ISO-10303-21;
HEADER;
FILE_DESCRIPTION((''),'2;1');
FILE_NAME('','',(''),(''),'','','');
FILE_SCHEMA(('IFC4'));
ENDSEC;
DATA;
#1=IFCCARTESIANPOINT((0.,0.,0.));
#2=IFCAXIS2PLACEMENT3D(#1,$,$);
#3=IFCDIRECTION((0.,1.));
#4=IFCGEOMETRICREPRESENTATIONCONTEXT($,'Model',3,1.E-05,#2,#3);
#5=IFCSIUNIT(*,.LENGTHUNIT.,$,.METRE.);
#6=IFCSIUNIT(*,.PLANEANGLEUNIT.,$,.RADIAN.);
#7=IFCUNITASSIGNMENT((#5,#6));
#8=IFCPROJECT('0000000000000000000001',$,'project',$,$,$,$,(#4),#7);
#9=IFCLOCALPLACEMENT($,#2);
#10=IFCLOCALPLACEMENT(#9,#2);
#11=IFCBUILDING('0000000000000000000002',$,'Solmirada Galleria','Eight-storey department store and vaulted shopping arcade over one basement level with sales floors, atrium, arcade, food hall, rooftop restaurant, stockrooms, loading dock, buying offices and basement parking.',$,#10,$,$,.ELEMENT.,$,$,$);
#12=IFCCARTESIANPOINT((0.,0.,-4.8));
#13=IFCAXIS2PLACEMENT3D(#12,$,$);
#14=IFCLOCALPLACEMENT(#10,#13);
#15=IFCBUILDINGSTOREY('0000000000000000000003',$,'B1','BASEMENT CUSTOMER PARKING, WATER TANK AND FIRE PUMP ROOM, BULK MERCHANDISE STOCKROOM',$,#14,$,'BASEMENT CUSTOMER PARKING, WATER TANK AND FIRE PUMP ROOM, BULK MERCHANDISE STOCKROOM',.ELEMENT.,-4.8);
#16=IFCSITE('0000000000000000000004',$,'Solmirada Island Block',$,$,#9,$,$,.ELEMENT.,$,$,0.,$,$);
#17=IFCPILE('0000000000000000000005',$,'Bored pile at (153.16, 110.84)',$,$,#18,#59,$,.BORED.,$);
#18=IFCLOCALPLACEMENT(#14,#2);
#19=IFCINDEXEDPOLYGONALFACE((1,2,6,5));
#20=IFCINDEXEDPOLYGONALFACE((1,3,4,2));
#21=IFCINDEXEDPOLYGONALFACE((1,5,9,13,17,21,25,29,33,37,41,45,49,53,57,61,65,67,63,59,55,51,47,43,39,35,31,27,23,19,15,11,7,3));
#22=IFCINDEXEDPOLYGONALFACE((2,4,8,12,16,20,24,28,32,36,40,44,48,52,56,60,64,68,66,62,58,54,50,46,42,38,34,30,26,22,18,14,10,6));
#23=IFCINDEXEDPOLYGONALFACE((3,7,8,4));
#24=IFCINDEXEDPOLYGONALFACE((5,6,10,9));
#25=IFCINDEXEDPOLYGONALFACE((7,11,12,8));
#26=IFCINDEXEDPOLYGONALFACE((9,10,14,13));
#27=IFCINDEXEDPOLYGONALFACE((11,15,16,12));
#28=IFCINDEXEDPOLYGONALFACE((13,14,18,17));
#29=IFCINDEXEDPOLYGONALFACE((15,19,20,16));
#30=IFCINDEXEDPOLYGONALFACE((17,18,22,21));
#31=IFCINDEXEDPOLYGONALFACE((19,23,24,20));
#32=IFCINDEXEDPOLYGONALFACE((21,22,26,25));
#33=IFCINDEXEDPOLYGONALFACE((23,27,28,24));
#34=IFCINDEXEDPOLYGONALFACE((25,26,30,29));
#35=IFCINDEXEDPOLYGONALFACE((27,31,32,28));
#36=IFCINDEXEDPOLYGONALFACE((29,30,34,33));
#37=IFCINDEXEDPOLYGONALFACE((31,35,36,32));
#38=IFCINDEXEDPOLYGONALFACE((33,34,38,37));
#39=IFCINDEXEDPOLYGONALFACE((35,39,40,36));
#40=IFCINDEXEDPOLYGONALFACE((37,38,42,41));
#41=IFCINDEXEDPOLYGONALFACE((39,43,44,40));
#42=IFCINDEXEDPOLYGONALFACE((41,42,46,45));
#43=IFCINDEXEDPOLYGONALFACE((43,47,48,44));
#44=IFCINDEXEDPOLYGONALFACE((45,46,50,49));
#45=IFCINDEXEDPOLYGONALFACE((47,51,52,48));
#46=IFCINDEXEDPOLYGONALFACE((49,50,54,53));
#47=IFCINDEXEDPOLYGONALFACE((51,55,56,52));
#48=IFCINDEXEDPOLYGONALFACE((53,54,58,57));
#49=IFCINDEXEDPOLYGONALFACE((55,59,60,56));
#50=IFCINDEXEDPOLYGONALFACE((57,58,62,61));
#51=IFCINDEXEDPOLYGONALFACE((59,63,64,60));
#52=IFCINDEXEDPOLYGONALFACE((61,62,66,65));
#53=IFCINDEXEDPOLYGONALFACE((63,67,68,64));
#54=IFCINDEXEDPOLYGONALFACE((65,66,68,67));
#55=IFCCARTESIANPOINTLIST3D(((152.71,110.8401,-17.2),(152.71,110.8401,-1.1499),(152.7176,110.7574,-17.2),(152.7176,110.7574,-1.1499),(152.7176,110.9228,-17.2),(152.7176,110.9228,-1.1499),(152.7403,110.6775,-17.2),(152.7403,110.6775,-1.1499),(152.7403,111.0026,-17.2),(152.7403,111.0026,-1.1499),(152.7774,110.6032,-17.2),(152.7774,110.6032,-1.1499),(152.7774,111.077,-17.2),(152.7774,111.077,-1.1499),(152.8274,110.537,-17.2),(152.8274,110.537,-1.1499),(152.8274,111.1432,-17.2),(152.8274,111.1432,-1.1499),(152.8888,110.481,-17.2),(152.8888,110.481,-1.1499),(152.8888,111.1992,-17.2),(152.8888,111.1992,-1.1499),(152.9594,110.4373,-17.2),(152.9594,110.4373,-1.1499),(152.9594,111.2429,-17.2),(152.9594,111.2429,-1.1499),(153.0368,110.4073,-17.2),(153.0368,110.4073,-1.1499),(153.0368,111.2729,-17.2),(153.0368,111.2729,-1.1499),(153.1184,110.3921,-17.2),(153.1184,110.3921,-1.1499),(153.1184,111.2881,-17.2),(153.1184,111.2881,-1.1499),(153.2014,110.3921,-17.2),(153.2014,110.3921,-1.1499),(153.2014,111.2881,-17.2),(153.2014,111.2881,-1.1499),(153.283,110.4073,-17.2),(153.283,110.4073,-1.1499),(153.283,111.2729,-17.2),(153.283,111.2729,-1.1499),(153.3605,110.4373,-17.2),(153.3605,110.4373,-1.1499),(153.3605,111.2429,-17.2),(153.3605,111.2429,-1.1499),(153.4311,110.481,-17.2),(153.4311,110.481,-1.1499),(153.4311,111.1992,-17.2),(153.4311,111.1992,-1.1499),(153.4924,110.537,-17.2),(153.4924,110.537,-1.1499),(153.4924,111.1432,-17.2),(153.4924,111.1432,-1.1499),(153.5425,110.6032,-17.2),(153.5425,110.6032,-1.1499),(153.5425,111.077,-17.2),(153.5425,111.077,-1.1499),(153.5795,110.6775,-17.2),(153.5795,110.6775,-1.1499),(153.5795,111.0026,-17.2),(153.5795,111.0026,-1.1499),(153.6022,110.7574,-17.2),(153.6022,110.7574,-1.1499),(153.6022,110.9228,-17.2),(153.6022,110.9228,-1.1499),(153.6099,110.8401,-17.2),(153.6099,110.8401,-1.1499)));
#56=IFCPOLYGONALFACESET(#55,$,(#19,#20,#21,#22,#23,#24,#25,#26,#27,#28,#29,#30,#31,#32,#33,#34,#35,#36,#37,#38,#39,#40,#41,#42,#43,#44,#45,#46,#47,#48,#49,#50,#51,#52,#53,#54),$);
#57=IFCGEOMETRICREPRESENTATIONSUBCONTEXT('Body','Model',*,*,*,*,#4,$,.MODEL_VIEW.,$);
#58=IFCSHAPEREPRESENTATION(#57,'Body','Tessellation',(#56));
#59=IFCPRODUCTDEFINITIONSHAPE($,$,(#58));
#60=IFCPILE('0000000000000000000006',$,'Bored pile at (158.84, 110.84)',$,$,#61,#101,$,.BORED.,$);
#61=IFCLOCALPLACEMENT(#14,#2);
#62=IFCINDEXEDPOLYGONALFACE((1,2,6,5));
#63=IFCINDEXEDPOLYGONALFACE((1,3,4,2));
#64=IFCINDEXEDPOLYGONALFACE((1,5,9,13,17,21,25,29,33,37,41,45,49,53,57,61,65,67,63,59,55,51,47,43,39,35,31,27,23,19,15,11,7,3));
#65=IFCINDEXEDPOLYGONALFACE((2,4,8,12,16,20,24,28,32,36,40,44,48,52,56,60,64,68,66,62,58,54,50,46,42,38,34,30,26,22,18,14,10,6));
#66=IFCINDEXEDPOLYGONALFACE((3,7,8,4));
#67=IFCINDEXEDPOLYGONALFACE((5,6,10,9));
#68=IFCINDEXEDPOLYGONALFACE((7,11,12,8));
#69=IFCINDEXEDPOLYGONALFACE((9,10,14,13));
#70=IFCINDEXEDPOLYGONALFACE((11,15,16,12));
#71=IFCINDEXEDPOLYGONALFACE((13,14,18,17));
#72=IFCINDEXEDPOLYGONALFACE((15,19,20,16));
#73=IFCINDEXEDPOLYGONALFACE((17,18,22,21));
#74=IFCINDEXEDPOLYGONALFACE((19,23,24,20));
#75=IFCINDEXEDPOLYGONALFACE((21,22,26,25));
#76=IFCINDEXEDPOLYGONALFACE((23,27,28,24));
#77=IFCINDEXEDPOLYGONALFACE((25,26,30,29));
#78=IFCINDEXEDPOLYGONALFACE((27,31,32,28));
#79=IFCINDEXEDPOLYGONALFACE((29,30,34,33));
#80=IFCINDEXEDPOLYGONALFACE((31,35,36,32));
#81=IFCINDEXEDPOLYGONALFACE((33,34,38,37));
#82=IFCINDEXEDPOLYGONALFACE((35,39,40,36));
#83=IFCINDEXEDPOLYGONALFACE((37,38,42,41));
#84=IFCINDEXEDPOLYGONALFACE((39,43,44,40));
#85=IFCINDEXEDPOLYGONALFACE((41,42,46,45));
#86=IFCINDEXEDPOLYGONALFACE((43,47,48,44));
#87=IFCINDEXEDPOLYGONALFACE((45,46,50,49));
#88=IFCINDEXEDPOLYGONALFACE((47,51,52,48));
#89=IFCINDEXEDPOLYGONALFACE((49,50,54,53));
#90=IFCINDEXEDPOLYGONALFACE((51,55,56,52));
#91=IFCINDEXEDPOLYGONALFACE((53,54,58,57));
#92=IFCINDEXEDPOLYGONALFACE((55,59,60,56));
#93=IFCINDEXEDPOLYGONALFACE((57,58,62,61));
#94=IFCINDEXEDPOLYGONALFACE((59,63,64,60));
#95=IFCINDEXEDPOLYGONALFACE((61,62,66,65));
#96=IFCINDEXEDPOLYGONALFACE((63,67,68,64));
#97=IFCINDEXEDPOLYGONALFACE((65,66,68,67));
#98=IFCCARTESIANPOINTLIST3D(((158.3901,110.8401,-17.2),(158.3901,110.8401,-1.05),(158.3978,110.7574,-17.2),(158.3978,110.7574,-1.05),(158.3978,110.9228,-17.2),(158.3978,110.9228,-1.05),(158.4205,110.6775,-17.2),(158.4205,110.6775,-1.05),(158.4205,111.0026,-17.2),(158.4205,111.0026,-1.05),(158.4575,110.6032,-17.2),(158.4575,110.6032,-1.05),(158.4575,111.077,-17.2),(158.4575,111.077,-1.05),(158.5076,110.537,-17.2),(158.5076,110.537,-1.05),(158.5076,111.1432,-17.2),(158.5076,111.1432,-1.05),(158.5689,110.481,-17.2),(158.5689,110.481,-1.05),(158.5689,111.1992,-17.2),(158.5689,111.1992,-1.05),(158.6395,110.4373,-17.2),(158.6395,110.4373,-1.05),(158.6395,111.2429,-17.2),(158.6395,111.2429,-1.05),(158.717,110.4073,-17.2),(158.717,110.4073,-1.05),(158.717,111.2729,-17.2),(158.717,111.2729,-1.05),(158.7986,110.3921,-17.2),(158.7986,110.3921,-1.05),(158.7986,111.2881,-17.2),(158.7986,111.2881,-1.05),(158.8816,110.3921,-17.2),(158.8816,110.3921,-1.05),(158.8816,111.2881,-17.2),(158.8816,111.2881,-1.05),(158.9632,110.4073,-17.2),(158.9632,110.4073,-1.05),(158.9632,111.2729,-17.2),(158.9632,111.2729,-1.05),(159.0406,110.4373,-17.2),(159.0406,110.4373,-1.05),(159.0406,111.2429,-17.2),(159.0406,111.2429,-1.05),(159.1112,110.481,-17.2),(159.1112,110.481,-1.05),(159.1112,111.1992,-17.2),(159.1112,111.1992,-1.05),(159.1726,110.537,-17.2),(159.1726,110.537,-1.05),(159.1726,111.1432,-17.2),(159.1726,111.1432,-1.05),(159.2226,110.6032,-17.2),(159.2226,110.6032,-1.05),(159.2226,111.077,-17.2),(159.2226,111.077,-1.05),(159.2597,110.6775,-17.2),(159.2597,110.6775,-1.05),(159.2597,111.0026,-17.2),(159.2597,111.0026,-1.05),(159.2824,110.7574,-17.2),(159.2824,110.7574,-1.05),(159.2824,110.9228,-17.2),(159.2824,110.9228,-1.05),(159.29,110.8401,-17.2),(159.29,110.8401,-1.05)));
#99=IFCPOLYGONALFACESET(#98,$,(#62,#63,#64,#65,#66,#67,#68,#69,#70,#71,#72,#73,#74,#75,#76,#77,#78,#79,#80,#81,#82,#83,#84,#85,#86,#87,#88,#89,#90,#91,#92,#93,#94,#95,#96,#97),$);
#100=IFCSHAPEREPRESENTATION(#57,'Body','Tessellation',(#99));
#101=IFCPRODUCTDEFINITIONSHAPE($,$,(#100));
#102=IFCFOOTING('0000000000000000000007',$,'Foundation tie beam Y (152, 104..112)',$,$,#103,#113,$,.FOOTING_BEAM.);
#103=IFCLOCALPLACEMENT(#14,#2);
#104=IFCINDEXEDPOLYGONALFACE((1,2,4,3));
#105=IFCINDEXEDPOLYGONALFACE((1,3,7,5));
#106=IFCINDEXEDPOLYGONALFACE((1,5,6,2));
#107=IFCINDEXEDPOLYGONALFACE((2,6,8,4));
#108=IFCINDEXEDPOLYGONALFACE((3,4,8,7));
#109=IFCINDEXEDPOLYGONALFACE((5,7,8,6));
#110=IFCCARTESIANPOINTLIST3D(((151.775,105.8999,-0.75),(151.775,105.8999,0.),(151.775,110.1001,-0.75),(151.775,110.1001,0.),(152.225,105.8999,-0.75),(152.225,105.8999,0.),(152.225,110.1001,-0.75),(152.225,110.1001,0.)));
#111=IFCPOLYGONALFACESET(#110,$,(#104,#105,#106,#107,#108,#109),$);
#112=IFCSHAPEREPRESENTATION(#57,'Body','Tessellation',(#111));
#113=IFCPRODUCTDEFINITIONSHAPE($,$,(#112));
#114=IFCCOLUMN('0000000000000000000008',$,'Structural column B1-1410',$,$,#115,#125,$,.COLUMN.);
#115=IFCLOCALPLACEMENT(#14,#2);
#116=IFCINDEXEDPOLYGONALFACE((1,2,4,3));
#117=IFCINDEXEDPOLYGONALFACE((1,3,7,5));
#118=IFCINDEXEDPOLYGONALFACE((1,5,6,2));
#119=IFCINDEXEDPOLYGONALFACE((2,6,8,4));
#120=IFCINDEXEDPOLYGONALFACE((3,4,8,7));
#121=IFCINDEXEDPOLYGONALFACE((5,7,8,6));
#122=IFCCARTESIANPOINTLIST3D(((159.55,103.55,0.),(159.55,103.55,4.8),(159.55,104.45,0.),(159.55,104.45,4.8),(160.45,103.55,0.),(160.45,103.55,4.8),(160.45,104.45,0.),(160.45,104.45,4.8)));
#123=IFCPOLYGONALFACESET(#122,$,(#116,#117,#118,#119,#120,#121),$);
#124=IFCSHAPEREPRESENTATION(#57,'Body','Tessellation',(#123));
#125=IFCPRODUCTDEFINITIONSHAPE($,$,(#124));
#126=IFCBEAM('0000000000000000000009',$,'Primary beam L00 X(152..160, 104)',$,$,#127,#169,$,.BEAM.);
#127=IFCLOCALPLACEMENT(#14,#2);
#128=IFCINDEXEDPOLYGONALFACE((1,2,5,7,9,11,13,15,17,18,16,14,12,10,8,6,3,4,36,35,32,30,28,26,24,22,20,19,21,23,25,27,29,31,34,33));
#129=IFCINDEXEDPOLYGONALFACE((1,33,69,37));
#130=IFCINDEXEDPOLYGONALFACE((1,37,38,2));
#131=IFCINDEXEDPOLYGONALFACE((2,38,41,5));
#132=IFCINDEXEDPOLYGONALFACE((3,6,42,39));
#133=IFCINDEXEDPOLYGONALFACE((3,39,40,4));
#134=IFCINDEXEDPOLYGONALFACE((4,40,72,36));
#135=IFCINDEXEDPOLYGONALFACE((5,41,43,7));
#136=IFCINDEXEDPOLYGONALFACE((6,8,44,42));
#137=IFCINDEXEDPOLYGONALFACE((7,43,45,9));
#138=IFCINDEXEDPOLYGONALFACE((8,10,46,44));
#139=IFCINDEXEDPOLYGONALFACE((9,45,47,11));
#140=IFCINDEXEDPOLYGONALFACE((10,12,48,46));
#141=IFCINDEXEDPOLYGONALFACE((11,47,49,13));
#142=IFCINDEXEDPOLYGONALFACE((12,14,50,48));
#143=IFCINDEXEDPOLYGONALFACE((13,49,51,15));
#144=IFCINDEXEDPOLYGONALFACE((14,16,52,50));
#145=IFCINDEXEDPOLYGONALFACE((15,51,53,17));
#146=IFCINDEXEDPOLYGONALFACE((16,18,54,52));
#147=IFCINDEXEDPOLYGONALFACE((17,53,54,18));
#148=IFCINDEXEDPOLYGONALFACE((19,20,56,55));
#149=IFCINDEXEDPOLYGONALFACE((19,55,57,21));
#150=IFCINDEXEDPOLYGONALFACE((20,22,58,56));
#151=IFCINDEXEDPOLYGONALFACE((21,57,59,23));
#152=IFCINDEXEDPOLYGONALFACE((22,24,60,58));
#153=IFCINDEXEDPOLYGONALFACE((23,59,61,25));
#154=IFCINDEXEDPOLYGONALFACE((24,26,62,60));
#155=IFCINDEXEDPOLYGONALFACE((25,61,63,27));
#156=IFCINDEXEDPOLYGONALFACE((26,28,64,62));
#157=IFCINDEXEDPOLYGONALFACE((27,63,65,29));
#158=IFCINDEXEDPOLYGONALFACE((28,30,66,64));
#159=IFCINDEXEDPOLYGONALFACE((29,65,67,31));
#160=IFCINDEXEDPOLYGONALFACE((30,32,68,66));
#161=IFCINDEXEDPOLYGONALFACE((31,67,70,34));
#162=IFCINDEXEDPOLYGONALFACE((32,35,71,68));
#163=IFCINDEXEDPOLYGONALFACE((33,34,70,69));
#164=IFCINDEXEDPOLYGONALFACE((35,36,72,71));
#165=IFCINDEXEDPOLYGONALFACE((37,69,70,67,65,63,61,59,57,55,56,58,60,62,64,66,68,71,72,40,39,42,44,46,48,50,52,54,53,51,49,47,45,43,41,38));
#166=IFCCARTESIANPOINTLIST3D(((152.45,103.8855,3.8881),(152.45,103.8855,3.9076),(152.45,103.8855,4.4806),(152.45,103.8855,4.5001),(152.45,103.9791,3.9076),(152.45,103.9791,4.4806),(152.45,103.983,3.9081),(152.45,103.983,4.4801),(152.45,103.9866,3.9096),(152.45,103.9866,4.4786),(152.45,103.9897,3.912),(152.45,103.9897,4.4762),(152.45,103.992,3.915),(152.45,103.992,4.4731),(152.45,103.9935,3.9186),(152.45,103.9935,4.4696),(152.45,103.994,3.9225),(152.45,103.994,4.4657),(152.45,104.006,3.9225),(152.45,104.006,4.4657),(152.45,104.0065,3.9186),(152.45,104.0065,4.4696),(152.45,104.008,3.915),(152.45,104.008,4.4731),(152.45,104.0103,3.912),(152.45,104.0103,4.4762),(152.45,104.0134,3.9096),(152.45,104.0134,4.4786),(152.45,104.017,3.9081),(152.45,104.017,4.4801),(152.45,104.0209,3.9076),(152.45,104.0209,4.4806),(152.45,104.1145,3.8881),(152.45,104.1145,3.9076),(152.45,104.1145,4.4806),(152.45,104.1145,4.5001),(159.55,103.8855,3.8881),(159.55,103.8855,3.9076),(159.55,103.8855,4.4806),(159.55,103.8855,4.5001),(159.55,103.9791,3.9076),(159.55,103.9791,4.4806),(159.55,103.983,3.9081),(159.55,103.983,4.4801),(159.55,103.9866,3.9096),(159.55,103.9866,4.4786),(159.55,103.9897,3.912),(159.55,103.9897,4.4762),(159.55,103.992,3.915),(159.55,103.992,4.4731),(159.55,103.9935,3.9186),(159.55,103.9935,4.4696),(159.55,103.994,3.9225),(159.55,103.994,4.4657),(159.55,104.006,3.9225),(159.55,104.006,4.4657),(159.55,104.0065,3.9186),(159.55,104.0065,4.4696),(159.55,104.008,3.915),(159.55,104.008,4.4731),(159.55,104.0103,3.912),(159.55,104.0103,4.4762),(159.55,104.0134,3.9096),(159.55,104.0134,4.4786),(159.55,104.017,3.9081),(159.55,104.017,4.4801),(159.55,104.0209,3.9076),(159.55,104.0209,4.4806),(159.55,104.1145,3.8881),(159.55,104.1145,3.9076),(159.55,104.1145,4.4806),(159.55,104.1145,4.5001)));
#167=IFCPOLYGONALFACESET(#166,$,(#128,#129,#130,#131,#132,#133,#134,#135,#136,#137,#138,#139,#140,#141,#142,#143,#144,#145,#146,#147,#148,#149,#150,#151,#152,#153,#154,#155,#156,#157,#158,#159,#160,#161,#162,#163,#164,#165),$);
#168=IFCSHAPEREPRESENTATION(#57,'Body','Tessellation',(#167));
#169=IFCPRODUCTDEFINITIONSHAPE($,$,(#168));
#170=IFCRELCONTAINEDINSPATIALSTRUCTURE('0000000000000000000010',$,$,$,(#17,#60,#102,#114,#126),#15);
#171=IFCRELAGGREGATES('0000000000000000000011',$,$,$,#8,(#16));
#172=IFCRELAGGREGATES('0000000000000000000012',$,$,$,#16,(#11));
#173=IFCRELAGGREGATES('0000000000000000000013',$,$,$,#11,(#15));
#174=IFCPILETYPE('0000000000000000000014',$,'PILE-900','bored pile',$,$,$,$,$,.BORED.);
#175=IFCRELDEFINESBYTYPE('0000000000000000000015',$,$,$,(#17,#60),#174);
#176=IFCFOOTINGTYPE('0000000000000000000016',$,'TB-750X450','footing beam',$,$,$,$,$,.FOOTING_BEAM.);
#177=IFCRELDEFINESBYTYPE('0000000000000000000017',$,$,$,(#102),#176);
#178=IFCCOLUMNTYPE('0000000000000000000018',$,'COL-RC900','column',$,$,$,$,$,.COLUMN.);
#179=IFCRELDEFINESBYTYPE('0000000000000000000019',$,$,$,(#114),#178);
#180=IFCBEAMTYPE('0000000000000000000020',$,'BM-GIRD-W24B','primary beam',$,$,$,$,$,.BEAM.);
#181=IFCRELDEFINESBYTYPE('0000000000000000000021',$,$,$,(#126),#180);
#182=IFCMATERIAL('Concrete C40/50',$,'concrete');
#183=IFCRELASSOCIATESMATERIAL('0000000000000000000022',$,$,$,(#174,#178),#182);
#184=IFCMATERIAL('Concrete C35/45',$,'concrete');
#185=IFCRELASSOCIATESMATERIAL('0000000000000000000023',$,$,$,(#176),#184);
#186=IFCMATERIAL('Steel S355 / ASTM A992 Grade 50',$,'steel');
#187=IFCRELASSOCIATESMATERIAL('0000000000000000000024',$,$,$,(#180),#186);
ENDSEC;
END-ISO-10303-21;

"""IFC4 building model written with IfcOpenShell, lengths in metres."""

from ifc_helpers import new_model, si_unit, direction, frame, origin, origin_2d, place, context, subcontext, project, spatial, rectangle, circle, i_section, extrude, material, material_profile, profile_set, type_object, element, save


model = new_model("IFC4")

# Units and contexts
model_context = context("Model", 3, precision=1e-05, world=origin(), true_north=direction((0.0, 1.0)))
body_context = subcontext(model_context, "Body", "Model", "MODEL_VIEW")
ifc_project = project(units=[si_unit("LENGTHUNIT", "METRE"), si_unit("PLANEANGLEUNIT", "RADIAN")], contexts=[model_context])

# Site, building, storey
site_placement = place(None, origin())
site = spatial("IfcSite", under=ifc_project, at=site_placement, Name="Solmirada Island Block", CompositionType="ELEMENT", RefElevation=0.0)
building_placement = place(site_placement, origin())
building = spatial("IfcBuilding", under=site, at=building_placement, Name="Solmirada Galleria", Description="Eight-storey department store and vaulted shopping arcade over one basement level with sales floors, atrium, arcade, food hall, rooftop restaurant, stockrooms, loading dock, buying offices and basement parking.", CompositionType="ELEMENT")
storey_placement = place(building_placement, frame((0.0, 0.0, -4.8)))
storey = spatial("IfcBuildingStorey", under=building, at=storey_placement, Name="B1", Description="BASEMENT CUSTOMER PARKING, WATER TANK AND FIRE PUMP ROOM, BULK MERCHANDISE STOCKROOM", LongName="BASEMENT CUSTOMER PARKING, WATER TANK AND FIRE PUMP ROOM, BULK MERCHANDISE STOCKROOM", CompositionType="ELEMENT", Elevation=-4.8)

# Piles
ifc_material_1 = material(Name="Concrete C40/50", Category="concrete")
ifc_material_profile_1 = material_profile(ifc_material_1, circle(Radius=0.45, at=origin_2d()), Name="PILE900")
ifc_profile_set_1 = profile_set([ifc_material_profile_1], Name="Concrete C40/50")
pile_type_1 = type_object("IfcPileType", Name="PILE-900", Description="bored pile", PredefinedType="BORED", material=ifc_profile_set_1)
pile_1_placement = place(storey_placement, frame((153.1599, 110.8401, -1.1499), z_axis=(0.0, 0.0, -1.0), x_axis=(1.0, 0.0, 0.0)))
element("IfcPile", 1, at=pile_1_placement, inside=storey, type_object=pile_type_1, Name="Bored pile at (153.16, 110.84)", PredefinedType="BORED", context=body_context, shape_type="SweptSolid", body=[
    extrude(circle(Radius=0.45, at=origin_2d()), origin(), (0.0, 0.0, 1.0), 16.05),
])
pile_2_placement = place(storey_placement, frame((158.8401, 110.8401, -1.05), z_axis=(0.0, 0.0, -1.0), x_axis=(1.0, 0.0, 0.0)))
element("IfcPile", 2, at=pile_2_placement, inside=storey, type_object=pile_type_1, Name="Bored pile at (158.84, 110.84)", PredefinedType="BORED", context=body_context, shape_type="SweptSolid", body=[
    extrude(circle(Radius=0.45, at=origin_2d()), origin(), (0.0, 0.0, 1.0), 16.1499),
])

# Footing
ifc_material_2 = material(Name="Concrete C35/45", Category="concrete")
ifc_material_profile_2 = material_profile(ifc_material_2, rectangle(XDim=0.45, YDim=0.75, at=origin_2d()), Name="RC750X450")
ifc_profile_set_2 = profile_set([ifc_material_profile_2], Name="Concrete C35/45")
footing_type = type_object("IfcFootingType", Name="TB-750X450", Description="footing beam", PredefinedType="FOOTING_BEAM", material=ifc_profile_set_2)
footing_placement = place(storey_placement, frame((152.0, 105.8999, -0.375), z_axis=(0.0, 1.0, 0.0), x_axis=(-1.0, 0.0, 0.0)))
element("IfcFooting", 3, at=footing_placement, inside=storey, type_object=footing_type, Name="Foundation tie beam Y (152, 104..112)", PredefinedType="FOOTING_BEAM", context=body_context, shape_type="SweptSolid", body=[
    extrude(rectangle(XDim=0.45, YDim=0.75, at=origin_2d()), origin(), (0.0, 0.0, 1.0), 4.2002),
])

# Column
ifc_material_profile_3 = material_profile(ifc_material_1, rectangle(XDim=0.8999, YDim=0.8999, at=origin_2d()), Name="RC900X900")
ifc_profile_set_3 = profile_set([ifc_material_profile_3], Name="Concrete C40/50")
column_type = type_object("IfcColumnType", Name="COL-RC900", Description="column", PredefinedType="COLUMN", material=ifc_profile_set_3)
column_placement = place(storey_placement, frame((160.0, 104.0, 0.0), z_axis=(0.0, 0.0, 1.0), x_axis=(1.0, 0.0, 0.0)))
element("IfcColumn", 4, at=column_placement, inside=storey, type_object=column_type, Name="Structural column B1-1410", PredefinedType="COLUMN", context=body_context, shape_type="SweptSolid", body=[
    extrude(rectangle(XDim=0.8999, YDim=0.8999, at=origin_2d()), origin(), (0.0, 0.0, 1.0), 4.8),
])

# Beam
ifc_material_3 = material(Name="Steel S355 / ASTM A992 Grade 50", Category="steel")
ifc_material_profile_4 = material_profile(ifc_material_3, i_section(OverallWidth=0.229, OverallDepth=0.6121, WebThickness=0.012, FlangeThickness=0.0195, FilletRadius=0.0149, at=origin_2d()), Name="W24X84")
ifc_profile_set_4 = profile_set([ifc_material_profile_4], Name="Steel S355 / ASTM A992 Grade 50")
beam_type_1 = type_object("IfcBeamType", Name="BM-GIRD-W24B", Description="primary beam", PredefinedType="BEAM", material=ifc_profile_set_4)
for number, where, z_axis, x_axis, name in (
    (5, (152.45, 104.0, 4.1941), (1.0, 0.0, 0.0), (0.0, 1.0, 0.0), "Primary beam L00 X(152..160, 104)"),
):
    element("IfcBeam", number, at=place(storey_placement, frame(where, z_axis=z_axis, x_axis=x_axis)), inside=storey, type_object=beam_type_1, Name=name, PredefinedType="BEAM", context=body_context, shape_type="SweptSolid", body=[
        extrude(i_section(OverallWidth=0.229, OverallDepth=0.6121, WebThickness=0.012, FlangeThickness=0.0195, FilletRadius=0.0149, at=origin_2d()), origin(), (0.0, 0.0, 1.0), 7.1001),
    ])

save(model, "model.ifc")
